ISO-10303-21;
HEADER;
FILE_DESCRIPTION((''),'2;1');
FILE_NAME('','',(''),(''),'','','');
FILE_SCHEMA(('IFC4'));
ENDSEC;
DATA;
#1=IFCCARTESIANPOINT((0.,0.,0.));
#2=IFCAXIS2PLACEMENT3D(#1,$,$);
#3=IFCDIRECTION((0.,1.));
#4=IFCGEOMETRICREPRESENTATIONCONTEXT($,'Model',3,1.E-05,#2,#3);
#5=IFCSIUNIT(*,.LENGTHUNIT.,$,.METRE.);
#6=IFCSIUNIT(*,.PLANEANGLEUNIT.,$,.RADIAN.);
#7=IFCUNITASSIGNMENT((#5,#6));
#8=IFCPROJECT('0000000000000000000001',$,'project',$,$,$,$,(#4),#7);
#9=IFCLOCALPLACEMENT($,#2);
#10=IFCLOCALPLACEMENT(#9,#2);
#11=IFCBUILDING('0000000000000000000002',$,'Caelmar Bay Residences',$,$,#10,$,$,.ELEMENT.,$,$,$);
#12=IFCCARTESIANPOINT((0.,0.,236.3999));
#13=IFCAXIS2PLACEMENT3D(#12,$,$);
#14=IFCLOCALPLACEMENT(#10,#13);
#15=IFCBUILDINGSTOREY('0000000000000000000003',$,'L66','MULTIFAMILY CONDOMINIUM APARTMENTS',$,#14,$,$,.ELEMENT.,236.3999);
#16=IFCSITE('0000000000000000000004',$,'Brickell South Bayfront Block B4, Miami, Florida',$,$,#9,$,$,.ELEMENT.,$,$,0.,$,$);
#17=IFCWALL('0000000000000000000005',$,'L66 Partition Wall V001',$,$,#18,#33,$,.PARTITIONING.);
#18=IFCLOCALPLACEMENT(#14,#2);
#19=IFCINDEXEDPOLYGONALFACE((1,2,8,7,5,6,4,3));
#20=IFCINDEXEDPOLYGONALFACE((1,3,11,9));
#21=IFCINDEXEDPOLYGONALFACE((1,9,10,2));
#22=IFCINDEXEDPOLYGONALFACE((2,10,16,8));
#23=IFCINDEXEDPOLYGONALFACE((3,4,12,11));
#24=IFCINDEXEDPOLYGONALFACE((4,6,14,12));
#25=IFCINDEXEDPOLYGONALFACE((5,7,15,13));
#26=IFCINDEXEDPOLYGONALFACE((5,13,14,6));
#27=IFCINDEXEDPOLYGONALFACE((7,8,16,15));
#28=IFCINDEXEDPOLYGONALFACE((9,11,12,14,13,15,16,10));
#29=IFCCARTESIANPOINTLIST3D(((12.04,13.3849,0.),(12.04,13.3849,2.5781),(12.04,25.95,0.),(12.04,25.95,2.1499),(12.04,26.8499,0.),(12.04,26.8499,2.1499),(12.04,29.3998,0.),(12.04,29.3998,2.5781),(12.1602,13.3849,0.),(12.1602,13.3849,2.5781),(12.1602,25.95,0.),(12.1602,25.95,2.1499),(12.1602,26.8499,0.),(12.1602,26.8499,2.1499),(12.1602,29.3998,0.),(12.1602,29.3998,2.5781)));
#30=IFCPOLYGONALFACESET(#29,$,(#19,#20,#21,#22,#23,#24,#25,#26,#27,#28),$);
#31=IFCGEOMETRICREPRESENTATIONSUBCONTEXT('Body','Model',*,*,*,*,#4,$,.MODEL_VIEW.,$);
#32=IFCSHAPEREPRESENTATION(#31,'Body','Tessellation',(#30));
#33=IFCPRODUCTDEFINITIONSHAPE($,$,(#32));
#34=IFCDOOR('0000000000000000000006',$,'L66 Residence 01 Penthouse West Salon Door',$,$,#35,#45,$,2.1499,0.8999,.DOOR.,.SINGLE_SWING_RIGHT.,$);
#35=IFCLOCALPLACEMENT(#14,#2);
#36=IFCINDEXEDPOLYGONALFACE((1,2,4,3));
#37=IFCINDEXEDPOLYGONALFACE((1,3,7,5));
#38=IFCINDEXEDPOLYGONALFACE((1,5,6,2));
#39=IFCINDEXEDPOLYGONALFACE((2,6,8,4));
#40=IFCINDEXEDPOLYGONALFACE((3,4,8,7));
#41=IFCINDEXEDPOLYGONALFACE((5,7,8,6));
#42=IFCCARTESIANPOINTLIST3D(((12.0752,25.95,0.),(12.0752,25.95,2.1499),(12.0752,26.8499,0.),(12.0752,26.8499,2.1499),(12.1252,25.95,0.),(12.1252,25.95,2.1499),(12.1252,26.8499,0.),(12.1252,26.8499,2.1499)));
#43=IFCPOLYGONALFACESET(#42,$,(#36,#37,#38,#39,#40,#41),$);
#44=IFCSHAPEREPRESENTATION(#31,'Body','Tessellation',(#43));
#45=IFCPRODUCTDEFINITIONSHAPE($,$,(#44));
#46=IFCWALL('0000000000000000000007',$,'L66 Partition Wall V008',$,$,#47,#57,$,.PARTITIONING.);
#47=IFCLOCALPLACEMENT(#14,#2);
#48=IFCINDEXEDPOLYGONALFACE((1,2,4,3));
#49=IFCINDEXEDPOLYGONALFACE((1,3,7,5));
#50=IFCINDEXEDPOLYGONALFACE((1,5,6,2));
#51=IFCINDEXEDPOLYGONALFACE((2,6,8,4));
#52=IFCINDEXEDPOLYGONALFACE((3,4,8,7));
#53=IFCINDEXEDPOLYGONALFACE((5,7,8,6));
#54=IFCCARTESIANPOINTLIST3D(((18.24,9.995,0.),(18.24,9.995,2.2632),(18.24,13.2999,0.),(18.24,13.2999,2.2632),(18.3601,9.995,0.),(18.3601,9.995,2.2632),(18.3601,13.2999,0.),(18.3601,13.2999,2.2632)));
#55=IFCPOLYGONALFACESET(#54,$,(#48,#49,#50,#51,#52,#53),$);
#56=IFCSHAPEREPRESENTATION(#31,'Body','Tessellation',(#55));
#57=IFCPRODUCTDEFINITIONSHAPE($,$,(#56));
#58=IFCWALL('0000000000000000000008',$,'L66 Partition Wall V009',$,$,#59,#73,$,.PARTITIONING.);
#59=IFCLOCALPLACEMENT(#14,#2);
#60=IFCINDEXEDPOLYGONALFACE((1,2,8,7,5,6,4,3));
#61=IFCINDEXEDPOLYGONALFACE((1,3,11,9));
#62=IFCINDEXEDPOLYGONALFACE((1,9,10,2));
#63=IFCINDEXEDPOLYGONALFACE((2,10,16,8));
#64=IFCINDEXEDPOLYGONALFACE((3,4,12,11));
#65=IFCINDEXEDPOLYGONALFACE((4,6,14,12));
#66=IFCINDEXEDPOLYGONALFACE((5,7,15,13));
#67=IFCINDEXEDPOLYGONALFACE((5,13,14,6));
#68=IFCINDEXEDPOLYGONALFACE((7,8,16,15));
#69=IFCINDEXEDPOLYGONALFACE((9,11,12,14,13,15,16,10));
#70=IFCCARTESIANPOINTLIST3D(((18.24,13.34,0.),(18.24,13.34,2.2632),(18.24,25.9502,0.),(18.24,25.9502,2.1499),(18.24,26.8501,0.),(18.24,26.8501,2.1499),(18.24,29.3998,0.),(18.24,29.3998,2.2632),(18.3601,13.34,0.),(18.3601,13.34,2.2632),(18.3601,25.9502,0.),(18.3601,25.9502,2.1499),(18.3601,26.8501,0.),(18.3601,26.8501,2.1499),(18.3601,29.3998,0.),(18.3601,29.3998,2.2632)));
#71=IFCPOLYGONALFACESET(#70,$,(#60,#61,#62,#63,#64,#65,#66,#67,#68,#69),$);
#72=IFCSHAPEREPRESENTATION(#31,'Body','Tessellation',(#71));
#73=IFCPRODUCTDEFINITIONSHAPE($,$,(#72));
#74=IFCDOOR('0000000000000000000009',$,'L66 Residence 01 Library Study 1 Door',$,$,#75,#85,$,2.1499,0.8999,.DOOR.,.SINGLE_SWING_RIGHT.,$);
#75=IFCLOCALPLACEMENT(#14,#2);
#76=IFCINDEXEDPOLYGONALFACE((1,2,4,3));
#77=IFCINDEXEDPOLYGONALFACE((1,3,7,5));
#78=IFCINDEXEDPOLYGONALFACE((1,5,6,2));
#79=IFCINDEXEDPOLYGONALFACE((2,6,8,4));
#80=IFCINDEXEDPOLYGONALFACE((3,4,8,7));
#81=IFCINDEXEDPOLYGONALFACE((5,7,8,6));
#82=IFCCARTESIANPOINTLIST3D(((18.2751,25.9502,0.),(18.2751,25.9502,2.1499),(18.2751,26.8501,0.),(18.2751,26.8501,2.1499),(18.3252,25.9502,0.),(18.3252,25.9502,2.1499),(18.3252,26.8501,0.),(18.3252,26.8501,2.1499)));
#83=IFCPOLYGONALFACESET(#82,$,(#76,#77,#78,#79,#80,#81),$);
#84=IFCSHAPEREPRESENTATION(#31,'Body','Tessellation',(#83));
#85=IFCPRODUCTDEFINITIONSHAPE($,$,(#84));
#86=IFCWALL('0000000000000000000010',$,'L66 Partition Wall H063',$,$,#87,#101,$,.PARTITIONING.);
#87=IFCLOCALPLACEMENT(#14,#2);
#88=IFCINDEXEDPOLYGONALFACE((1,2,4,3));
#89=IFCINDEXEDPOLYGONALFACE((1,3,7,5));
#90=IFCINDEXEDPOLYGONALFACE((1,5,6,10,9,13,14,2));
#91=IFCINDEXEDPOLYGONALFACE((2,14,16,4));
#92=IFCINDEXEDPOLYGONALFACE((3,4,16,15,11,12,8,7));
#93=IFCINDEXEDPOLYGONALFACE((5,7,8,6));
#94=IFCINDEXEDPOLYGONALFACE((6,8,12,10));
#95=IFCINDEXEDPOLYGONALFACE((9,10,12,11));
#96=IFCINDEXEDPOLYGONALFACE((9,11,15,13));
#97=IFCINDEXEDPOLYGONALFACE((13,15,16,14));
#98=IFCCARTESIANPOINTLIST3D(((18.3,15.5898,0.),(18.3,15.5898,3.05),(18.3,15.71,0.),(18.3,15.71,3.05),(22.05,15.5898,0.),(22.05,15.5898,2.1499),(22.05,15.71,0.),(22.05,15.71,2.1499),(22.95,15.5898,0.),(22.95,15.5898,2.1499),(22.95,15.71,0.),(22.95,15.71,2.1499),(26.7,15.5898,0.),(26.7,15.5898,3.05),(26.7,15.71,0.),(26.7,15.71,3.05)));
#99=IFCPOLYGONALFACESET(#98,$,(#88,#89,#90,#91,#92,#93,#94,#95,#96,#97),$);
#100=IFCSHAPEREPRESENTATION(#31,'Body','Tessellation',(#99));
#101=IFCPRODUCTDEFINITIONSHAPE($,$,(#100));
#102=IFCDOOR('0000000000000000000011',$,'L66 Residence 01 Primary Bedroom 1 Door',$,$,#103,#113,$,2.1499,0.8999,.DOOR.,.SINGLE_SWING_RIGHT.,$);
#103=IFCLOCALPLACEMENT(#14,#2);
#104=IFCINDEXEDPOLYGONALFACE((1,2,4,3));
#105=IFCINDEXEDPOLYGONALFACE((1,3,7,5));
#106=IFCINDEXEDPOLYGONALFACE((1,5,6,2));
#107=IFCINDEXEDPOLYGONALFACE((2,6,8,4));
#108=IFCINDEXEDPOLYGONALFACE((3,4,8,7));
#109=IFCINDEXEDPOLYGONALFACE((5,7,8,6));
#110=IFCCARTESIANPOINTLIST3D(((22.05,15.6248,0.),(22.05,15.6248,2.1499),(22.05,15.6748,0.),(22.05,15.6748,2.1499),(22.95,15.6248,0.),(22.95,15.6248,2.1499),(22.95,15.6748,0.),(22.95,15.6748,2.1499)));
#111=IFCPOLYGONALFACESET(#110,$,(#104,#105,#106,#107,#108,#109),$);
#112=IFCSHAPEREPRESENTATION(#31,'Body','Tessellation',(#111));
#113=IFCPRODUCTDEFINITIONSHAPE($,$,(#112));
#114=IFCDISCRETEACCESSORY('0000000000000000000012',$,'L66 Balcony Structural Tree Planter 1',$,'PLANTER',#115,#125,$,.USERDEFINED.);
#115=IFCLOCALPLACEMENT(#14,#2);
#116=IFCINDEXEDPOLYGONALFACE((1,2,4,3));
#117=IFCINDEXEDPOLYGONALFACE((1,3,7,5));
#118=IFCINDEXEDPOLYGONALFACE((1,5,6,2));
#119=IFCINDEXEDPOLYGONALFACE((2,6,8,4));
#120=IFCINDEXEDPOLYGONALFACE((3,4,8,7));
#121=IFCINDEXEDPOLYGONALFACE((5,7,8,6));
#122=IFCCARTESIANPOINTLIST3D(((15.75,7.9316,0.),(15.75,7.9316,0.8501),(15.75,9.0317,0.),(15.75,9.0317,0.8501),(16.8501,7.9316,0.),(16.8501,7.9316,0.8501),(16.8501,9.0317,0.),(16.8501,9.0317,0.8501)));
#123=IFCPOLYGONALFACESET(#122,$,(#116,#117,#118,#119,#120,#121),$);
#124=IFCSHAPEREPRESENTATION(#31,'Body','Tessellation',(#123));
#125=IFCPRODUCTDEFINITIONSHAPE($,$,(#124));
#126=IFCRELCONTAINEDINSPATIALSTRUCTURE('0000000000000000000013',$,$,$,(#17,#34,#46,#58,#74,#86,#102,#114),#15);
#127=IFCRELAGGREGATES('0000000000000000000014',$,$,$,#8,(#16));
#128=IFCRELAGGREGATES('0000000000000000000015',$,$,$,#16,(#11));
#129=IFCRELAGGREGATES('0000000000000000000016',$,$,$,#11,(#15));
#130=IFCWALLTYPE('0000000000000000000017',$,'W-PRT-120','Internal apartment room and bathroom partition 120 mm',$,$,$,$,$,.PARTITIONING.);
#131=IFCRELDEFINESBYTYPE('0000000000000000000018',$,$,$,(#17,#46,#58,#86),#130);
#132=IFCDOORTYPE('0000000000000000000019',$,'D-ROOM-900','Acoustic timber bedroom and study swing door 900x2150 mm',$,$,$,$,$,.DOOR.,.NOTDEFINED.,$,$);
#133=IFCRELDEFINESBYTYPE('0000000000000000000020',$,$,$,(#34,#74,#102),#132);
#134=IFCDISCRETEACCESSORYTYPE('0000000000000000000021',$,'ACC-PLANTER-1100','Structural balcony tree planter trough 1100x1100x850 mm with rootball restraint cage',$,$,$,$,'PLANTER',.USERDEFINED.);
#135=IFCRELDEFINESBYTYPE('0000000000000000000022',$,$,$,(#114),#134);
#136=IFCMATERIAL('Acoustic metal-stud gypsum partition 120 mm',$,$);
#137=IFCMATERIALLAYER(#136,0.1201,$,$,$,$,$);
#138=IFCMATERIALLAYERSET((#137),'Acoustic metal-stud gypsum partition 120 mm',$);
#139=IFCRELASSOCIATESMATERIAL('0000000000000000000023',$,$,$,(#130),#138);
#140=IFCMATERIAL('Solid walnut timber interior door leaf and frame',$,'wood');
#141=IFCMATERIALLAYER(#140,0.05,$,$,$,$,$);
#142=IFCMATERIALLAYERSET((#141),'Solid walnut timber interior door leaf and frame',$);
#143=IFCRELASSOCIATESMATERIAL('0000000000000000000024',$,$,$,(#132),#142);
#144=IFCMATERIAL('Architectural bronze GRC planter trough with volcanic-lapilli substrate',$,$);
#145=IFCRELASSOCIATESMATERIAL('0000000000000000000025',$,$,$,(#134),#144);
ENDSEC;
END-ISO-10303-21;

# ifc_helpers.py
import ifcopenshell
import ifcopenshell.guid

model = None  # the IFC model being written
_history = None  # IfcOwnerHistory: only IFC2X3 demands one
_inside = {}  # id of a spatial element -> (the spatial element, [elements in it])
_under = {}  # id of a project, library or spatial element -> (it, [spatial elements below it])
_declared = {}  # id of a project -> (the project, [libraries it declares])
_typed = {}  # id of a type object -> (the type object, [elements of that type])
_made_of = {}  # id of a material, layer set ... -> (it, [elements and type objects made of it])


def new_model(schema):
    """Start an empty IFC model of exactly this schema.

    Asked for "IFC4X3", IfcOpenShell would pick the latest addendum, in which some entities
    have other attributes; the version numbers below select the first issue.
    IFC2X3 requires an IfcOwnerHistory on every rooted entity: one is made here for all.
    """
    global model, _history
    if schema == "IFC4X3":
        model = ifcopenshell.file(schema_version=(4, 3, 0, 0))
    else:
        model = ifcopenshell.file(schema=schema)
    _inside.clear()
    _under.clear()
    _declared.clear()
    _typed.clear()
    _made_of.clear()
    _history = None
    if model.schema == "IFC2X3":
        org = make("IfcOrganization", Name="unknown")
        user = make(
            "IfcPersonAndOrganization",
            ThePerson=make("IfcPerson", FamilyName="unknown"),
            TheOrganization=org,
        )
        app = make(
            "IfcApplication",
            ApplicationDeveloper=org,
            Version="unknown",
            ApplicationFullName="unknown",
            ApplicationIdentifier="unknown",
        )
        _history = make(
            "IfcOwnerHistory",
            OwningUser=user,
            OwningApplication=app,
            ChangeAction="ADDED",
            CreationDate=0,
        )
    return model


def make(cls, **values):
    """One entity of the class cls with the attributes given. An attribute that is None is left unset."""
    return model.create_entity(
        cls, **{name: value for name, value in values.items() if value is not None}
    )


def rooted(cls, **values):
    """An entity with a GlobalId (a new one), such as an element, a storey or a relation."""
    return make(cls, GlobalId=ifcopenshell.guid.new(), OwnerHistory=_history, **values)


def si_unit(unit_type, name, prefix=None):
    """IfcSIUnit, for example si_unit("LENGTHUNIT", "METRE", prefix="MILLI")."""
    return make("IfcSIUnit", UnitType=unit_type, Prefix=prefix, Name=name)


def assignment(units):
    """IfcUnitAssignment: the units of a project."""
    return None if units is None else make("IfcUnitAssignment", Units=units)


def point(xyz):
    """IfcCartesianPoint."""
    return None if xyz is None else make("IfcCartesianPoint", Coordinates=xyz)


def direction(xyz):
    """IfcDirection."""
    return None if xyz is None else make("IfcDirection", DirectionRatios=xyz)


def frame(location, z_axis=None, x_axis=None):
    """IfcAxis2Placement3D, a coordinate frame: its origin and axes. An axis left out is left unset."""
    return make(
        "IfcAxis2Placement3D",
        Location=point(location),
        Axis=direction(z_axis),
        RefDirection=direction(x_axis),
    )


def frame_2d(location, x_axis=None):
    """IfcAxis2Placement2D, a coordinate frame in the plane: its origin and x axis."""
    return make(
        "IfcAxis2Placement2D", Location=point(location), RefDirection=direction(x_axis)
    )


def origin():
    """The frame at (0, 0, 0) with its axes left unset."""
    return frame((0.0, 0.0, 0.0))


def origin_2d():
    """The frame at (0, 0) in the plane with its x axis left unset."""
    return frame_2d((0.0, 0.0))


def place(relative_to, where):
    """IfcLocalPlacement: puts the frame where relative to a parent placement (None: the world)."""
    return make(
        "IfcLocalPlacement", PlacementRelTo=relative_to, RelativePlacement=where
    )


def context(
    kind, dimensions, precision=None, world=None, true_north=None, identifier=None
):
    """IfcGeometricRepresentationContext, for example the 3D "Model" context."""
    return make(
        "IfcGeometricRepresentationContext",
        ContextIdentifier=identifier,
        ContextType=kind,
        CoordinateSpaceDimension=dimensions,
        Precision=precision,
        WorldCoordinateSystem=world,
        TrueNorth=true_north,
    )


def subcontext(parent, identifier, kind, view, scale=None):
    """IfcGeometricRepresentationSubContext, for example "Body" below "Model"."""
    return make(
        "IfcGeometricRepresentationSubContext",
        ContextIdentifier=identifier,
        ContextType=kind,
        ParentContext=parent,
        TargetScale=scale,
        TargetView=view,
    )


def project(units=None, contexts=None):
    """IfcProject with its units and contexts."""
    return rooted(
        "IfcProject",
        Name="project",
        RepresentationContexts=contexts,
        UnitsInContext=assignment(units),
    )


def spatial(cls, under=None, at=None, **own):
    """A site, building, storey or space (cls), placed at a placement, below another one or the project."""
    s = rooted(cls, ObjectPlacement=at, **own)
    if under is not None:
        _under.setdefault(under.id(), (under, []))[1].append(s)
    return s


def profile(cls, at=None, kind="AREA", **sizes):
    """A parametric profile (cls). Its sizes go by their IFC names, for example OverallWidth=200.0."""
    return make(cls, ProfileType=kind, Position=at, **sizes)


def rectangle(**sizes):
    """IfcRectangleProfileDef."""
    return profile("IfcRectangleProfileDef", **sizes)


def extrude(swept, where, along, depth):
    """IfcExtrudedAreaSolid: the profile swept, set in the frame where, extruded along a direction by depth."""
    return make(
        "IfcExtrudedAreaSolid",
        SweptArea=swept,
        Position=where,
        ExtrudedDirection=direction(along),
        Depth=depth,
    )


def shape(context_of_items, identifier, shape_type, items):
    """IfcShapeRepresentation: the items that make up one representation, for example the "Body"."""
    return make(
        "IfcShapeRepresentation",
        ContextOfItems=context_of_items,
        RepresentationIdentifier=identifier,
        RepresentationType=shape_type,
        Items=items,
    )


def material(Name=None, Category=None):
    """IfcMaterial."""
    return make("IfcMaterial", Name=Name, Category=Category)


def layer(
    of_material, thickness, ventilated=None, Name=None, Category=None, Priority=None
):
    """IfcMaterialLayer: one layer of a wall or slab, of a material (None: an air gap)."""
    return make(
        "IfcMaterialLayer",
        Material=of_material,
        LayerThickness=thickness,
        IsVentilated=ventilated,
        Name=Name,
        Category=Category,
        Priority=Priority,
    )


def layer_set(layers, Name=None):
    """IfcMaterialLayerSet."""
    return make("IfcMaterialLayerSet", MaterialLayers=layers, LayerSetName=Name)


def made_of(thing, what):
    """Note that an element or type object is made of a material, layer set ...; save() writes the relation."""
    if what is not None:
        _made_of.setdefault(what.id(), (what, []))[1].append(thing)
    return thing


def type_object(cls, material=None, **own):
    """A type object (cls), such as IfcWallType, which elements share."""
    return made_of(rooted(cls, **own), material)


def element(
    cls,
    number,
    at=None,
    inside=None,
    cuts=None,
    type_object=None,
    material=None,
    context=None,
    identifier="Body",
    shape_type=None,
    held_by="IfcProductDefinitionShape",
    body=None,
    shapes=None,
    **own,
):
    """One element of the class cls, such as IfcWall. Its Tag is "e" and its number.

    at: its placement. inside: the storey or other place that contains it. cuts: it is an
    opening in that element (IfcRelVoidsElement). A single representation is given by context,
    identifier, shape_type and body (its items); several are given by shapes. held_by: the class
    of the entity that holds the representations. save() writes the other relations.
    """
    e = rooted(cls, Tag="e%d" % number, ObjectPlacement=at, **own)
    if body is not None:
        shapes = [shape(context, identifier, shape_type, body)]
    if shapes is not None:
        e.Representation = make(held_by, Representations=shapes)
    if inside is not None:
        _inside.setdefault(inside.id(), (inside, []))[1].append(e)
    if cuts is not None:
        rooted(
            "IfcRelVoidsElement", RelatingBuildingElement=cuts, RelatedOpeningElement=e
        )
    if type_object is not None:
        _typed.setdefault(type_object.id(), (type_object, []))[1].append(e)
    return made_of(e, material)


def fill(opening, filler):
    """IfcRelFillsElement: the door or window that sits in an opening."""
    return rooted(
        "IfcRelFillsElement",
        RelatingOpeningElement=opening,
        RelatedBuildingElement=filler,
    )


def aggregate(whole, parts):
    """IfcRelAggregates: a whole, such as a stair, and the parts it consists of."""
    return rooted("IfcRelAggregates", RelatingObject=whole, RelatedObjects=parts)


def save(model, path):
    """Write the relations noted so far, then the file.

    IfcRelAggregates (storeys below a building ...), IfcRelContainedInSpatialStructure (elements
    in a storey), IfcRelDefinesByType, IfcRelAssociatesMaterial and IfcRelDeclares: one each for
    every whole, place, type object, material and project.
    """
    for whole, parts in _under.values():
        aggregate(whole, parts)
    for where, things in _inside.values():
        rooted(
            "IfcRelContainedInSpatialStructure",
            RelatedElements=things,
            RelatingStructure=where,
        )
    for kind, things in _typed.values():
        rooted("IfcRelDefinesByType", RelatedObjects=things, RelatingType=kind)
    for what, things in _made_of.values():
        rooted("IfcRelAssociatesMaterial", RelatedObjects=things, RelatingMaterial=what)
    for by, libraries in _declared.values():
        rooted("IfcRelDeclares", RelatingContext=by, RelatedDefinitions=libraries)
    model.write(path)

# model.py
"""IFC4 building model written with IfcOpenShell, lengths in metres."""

from ifc_helpers import new_model, si_unit, direction, frame, frame_2d, origin, origin_2d, place, context, subcontext, project, spatial, rectangle, extrude, material, layer, layer_set, type_object, element, fill, save


model = new_model("IFC4")

# Units and contexts
model_context = context("Model", 3, precision=1e-05, world=origin(), true_north=direction((0.0, 1.0)))
body_context = subcontext(model_context, "Body", "Model", "MODEL_VIEW")
ifc_project = project(units=[si_unit("LENGTHUNIT", "METRE"), si_unit("PLANEANGLEUNIT", "RADIAN")], contexts=[model_context])

# Site, building, storey
site_placement = place(None, origin())
site = spatial("IfcSite", under=ifc_project, at=site_placement, Name="Brickell South Bayfront Block B4, Miami, Florida", CompositionType="ELEMENT", RefElevation=0.0)
building_placement = place(site_placement, origin())
building = spatial("IfcBuilding", under=site, at=building_placement, Name="Caelmar Bay Residences", CompositionType="ELEMENT")
storey_placement = place(building_placement, frame((0.0, 0.0, 236.3999)))
storey = spatial("IfcBuildingStorey", under=building, at=storey_placement, Name="L66", Description="MULTIFAMILY CONDOMINIUM APARTMENTS", CompositionType="ELEMENT", Elevation=236.3999)

# Wall, opening, door
ifc_material_1 = material(Name="Acoustic metal-stud gypsum partition 120 mm")
ifc_layer_1 = layer(ifc_material_1, 0.1201)
ifc_layer_set_1 = layer_set([ifc_layer_1], Name="Acoustic metal-stud gypsum partition 120 mm")
wall_type_1 = type_object("IfcWallType", Name="W-PRT-120", Description="Internal apartment room and bathroom partition 120 mm", PredefinedType="PARTITIONING", material=ifc_layer_set_1)
wall_1_placement = place(storey_placement, frame((12.1001, 13.385, 0.0), z_axis=(0.0, 0.0, 1.0), x_axis=(0.0, 1.0, 0.0)))
wall_1 = element("IfcWall", 1, at=wall_1_placement, inside=storey, type_object=wall_type_1, Name="L66 Partition Wall V001", PredefinedType="PARTITIONING", context=body_context, shape_type="SweptSolid", body=[
    extrude(rectangle(XDim=16.0149, YDim=0.1201, at=frame_2d((8.0073, 0.0))), origin(), (0.0, 0.0, 1.0), 2.5781),
])
opening_1_placement = place(wall_1_placement, frame((12.5649, 0.0, 0.0)))
opening_1 = element("IfcOpeningElement", 2, at=opening_1_placement, cuts=wall_1, PredefinedType="OPENING", context=body_context, shape_type="SweptSolid", body=[
    extrude(rectangle(XDim=0.8999, YDim=2.1499, at=frame_2d((0.45, 1.075))), frame((0.0, 0.0701, 0.0), z_axis=(0.0, -1.0, 0.0), x_axis=(1.0, 0.0, 0.0)), (0.0, 0.0, 1.0), 0.1401),
])
ifc_material_2 = material(Name="Solid walnut timber interior door leaf and frame", Category="wood")
ifc_layer_2 = layer(ifc_material_2, 0.05)
ifc_layer_set_2 = layer_set([ifc_layer_2], Name="Solid walnut timber interior door leaf and frame")
door_type = type_object("IfcDoorType", Name="D-ROOM-900", Description="Acoustic timber bedroom and study swing door 900x2150 mm", OperationType="NOTDEFINED", PredefinedType="DOOR", material=ifc_layer_set_2)
door_1_placement = place(opening_1_placement, origin())
door_1 = element("IfcDoor", 3, at=door_1_placement, inside=storey, type_object=door_type, Name="L66 Residence 01 Penthouse West Salon Door", OperationType="SINGLE_SWING_RIGHT", OverallHeight=2.1499, OverallWidth=0.8999, PredefinedType="DOOR", context=body_context, shape_type="SweptSolid", body=[
    extrude(rectangle(XDim=0.8999, YDim=2.1499, at=frame_2d((0.45, 1.075))), frame((0.0, 0.0249, 0.0), z_axis=(0.0, -1.0, 0.0), x_axis=(1.0, 0.0, 0.0)), (0.0, 0.0, 1.0), 0.05),
])
fill(opening_1, door_1)

# Wall
wall_2_placement = place(storey_placement, frame((18.3, 9.9951, 0.0), z_axis=(0.0, 0.0, 1.0), x_axis=(0.0, 1.0, 0.0)))
element("IfcWall", 4, at=wall_2_placement, inside=storey, type_object=wall_type_1, Name="L66 Partition Wall V008", PredefinedType="PARTITIONING", context=body_context, shape_type="SweptSolid", body=[
    extrude(rectangle(XDim=3.3049, YDim=0.1201, at=frame_2d((1.6523, 0.0))), origin(), (0.0, 0.0, 1.0), 2.2632),
])

# Walls, openings, doors
wall_3_placement = place(storey_placement, frame((18.3, 13.3401, 0.0), z_axis=(0.0, 0.0, 1.0), x_axis=(0.0, 1.0, 0.0)))
wall_3 = element("IfcWall", 5, at=wall_3_placement, inside=storey, type_object=wall_type_1, Name="L66 Partition Wall V009", PredefinedType="PARTITIONING", context=body_context, shape_type="SweptSolid", body=[
    extrude(rectangle(XDim=16.0598, YDim=0.1201, at=frame_2d((8.0298, 0.0))), origin(), (0.0, 0.0, 1.0), 2.2632),
])
opening_2_placement = place(wall_3_placement, frame((12.6101, 0.0, 0.0)))
opening_2 = element("IfcOpeningElement", 6, at=opening_2_placement, cuts=wall_3, PredefinedType="OPENING", context=body_context, shape_type="SweptSolid", body=[
    extrude(rectangle(XDim=0.8999, YDim=2.1499, at=frame_2d((0.45, 1.075))), frame((0.0, 0.0701, 0.0), z_axis=(0.0, -1.0, 0.0), x_axis=(1.0, 0.0, 0.0)), (0.0, 0.0, 1.0), 0.1401),
])
door_2_placement = place(opening_2_placement, origin())
door_2 = element("IfcDoor", 7, at=door_2_placement, inside=storey, type_object=door_type, Name="L66 Residence 01 Library Study 1 Door", OperationType="SINGLE_SWING_RIGHT", OverallHeight=2.1499, OverallWidth=0.8999, PredefinedType="DOOR", context=body_context, shape_type="SweptSolid", body=[
    extrude(rectangle(XDim=0.8999, YDim=2.1499, at=frame_2d((0.45, 1.075))), frame((0.0, 0.0249, 0.0), z_axis=(0.0, -1.0, 0.0), x_axis=(1.0, 0.0, 0.0)), (0.0, 0.0, 1.0), 0.05),
])
fill(opening_2, door_2)
wall_4_placement = place(storey_placement, frame((18.3, 15.6499, 0.0), z_axis=(0.0, 0.0, 1.0), x_axis=(1.0, 0.0, 0.0)))
wall_4 = element("IfcWall", 8, at=wall_4_placement, inside=storey, type_object=wall_type_1, Name="L66 Partition Wall H063", PredefinedType="PARTITIONING", context=body_context, shape_type="SweptSolid", body=[
    extrude(rectangle(XDim=8.3999, YDim=0.1201, at=frame_2d((4.2, 0.0))), origin(), (0.0, 0.0, 1.0), 3.05),
])
opening_3_placement = place(wall_4_placement, frame((3.75, 0.0, 0.0)))
opening_3 = element("IfcOpeningElement", 9, at=opening_3_placement, cuts=wall_4, PredefinedType="OPENING", context=body_context, shape_type="SweptSolid", body=[
    extrude(rectangle(XDim=0.8999, YDim=2.1499, at=frame_2d((0.45, 1.075))), frame((0.0, 0.0701, 0.0), z_axis=(0.0, -1.0, 0.0), x_axis=(1.0, 0.0, 0.0)), (0.0, 0.0, 1.0), 0.1401),
])
door_3_placement = place(opening_3_placement, origin())
door_3 = element("IfcDoor", 10, at=door_3_placement, inside=storey, type_object=door_type, Name="L66 Residence 01 Primary Bedroom 1 Door", OperationType="SINGLE_SWING_RIGHT", OverallHeight=2.1499, OverallWidth=0.8999, PredefinedType="DOOR", context=body_context, shape_type="SweptSolid", body=[
    extrude(rectangle(XDim=0.8999, YDim=2.1499, at=frame_2d((0.45, 1.075))), frame((0.0, 0.0249, 0.0), z_axis=(0.0, -1.0, 0.0), x_axis=(1.0, 0.0, 0.0)), (0.0, 0.0, 1.0), 0.05),
])
fill(opening_3, door_3)

# Discrete accessory
ifc_material_3 = material(Name="Architectural bronze GRC planter trough with volcanic-lapilli substrate")
discrete_accessory_type = type_object("IfcDiscreteAccessoryType", Name="ACC-PLANTER-1100", Description="Structural balcony tree planter trough 1100x1100x850 mm with rootball restraint cage", ElementType="PLANTER", PredefinedType="USERDEFINED", material=ifc_material_3)
discrete_accessory_placement = place(storey_placement, frame((16.3, 8.4817, 0.0), z_axis=(0.0, 0.0, 1.0), x_axis=(1.0, 0.0, 0.0)))
element("IfcDiscreteAccessory", 11, at=discrete_accessory_placement, inside=storey, type_object=discrete_accessory_type, Name="L66 Balcony Structural Tree Planter 1", ObjectType="PLANTER", PredefinedType="USERDEFINED", context=body_context, shape_type="SweptSolid", body=[
    extrude(rectangle(XDim=1.1001, YDim=1.1001, at=origin_2d()), origin(), (0.0, 0.0, 1.0), 0.8501),
])

save(model, "model.ifc")
